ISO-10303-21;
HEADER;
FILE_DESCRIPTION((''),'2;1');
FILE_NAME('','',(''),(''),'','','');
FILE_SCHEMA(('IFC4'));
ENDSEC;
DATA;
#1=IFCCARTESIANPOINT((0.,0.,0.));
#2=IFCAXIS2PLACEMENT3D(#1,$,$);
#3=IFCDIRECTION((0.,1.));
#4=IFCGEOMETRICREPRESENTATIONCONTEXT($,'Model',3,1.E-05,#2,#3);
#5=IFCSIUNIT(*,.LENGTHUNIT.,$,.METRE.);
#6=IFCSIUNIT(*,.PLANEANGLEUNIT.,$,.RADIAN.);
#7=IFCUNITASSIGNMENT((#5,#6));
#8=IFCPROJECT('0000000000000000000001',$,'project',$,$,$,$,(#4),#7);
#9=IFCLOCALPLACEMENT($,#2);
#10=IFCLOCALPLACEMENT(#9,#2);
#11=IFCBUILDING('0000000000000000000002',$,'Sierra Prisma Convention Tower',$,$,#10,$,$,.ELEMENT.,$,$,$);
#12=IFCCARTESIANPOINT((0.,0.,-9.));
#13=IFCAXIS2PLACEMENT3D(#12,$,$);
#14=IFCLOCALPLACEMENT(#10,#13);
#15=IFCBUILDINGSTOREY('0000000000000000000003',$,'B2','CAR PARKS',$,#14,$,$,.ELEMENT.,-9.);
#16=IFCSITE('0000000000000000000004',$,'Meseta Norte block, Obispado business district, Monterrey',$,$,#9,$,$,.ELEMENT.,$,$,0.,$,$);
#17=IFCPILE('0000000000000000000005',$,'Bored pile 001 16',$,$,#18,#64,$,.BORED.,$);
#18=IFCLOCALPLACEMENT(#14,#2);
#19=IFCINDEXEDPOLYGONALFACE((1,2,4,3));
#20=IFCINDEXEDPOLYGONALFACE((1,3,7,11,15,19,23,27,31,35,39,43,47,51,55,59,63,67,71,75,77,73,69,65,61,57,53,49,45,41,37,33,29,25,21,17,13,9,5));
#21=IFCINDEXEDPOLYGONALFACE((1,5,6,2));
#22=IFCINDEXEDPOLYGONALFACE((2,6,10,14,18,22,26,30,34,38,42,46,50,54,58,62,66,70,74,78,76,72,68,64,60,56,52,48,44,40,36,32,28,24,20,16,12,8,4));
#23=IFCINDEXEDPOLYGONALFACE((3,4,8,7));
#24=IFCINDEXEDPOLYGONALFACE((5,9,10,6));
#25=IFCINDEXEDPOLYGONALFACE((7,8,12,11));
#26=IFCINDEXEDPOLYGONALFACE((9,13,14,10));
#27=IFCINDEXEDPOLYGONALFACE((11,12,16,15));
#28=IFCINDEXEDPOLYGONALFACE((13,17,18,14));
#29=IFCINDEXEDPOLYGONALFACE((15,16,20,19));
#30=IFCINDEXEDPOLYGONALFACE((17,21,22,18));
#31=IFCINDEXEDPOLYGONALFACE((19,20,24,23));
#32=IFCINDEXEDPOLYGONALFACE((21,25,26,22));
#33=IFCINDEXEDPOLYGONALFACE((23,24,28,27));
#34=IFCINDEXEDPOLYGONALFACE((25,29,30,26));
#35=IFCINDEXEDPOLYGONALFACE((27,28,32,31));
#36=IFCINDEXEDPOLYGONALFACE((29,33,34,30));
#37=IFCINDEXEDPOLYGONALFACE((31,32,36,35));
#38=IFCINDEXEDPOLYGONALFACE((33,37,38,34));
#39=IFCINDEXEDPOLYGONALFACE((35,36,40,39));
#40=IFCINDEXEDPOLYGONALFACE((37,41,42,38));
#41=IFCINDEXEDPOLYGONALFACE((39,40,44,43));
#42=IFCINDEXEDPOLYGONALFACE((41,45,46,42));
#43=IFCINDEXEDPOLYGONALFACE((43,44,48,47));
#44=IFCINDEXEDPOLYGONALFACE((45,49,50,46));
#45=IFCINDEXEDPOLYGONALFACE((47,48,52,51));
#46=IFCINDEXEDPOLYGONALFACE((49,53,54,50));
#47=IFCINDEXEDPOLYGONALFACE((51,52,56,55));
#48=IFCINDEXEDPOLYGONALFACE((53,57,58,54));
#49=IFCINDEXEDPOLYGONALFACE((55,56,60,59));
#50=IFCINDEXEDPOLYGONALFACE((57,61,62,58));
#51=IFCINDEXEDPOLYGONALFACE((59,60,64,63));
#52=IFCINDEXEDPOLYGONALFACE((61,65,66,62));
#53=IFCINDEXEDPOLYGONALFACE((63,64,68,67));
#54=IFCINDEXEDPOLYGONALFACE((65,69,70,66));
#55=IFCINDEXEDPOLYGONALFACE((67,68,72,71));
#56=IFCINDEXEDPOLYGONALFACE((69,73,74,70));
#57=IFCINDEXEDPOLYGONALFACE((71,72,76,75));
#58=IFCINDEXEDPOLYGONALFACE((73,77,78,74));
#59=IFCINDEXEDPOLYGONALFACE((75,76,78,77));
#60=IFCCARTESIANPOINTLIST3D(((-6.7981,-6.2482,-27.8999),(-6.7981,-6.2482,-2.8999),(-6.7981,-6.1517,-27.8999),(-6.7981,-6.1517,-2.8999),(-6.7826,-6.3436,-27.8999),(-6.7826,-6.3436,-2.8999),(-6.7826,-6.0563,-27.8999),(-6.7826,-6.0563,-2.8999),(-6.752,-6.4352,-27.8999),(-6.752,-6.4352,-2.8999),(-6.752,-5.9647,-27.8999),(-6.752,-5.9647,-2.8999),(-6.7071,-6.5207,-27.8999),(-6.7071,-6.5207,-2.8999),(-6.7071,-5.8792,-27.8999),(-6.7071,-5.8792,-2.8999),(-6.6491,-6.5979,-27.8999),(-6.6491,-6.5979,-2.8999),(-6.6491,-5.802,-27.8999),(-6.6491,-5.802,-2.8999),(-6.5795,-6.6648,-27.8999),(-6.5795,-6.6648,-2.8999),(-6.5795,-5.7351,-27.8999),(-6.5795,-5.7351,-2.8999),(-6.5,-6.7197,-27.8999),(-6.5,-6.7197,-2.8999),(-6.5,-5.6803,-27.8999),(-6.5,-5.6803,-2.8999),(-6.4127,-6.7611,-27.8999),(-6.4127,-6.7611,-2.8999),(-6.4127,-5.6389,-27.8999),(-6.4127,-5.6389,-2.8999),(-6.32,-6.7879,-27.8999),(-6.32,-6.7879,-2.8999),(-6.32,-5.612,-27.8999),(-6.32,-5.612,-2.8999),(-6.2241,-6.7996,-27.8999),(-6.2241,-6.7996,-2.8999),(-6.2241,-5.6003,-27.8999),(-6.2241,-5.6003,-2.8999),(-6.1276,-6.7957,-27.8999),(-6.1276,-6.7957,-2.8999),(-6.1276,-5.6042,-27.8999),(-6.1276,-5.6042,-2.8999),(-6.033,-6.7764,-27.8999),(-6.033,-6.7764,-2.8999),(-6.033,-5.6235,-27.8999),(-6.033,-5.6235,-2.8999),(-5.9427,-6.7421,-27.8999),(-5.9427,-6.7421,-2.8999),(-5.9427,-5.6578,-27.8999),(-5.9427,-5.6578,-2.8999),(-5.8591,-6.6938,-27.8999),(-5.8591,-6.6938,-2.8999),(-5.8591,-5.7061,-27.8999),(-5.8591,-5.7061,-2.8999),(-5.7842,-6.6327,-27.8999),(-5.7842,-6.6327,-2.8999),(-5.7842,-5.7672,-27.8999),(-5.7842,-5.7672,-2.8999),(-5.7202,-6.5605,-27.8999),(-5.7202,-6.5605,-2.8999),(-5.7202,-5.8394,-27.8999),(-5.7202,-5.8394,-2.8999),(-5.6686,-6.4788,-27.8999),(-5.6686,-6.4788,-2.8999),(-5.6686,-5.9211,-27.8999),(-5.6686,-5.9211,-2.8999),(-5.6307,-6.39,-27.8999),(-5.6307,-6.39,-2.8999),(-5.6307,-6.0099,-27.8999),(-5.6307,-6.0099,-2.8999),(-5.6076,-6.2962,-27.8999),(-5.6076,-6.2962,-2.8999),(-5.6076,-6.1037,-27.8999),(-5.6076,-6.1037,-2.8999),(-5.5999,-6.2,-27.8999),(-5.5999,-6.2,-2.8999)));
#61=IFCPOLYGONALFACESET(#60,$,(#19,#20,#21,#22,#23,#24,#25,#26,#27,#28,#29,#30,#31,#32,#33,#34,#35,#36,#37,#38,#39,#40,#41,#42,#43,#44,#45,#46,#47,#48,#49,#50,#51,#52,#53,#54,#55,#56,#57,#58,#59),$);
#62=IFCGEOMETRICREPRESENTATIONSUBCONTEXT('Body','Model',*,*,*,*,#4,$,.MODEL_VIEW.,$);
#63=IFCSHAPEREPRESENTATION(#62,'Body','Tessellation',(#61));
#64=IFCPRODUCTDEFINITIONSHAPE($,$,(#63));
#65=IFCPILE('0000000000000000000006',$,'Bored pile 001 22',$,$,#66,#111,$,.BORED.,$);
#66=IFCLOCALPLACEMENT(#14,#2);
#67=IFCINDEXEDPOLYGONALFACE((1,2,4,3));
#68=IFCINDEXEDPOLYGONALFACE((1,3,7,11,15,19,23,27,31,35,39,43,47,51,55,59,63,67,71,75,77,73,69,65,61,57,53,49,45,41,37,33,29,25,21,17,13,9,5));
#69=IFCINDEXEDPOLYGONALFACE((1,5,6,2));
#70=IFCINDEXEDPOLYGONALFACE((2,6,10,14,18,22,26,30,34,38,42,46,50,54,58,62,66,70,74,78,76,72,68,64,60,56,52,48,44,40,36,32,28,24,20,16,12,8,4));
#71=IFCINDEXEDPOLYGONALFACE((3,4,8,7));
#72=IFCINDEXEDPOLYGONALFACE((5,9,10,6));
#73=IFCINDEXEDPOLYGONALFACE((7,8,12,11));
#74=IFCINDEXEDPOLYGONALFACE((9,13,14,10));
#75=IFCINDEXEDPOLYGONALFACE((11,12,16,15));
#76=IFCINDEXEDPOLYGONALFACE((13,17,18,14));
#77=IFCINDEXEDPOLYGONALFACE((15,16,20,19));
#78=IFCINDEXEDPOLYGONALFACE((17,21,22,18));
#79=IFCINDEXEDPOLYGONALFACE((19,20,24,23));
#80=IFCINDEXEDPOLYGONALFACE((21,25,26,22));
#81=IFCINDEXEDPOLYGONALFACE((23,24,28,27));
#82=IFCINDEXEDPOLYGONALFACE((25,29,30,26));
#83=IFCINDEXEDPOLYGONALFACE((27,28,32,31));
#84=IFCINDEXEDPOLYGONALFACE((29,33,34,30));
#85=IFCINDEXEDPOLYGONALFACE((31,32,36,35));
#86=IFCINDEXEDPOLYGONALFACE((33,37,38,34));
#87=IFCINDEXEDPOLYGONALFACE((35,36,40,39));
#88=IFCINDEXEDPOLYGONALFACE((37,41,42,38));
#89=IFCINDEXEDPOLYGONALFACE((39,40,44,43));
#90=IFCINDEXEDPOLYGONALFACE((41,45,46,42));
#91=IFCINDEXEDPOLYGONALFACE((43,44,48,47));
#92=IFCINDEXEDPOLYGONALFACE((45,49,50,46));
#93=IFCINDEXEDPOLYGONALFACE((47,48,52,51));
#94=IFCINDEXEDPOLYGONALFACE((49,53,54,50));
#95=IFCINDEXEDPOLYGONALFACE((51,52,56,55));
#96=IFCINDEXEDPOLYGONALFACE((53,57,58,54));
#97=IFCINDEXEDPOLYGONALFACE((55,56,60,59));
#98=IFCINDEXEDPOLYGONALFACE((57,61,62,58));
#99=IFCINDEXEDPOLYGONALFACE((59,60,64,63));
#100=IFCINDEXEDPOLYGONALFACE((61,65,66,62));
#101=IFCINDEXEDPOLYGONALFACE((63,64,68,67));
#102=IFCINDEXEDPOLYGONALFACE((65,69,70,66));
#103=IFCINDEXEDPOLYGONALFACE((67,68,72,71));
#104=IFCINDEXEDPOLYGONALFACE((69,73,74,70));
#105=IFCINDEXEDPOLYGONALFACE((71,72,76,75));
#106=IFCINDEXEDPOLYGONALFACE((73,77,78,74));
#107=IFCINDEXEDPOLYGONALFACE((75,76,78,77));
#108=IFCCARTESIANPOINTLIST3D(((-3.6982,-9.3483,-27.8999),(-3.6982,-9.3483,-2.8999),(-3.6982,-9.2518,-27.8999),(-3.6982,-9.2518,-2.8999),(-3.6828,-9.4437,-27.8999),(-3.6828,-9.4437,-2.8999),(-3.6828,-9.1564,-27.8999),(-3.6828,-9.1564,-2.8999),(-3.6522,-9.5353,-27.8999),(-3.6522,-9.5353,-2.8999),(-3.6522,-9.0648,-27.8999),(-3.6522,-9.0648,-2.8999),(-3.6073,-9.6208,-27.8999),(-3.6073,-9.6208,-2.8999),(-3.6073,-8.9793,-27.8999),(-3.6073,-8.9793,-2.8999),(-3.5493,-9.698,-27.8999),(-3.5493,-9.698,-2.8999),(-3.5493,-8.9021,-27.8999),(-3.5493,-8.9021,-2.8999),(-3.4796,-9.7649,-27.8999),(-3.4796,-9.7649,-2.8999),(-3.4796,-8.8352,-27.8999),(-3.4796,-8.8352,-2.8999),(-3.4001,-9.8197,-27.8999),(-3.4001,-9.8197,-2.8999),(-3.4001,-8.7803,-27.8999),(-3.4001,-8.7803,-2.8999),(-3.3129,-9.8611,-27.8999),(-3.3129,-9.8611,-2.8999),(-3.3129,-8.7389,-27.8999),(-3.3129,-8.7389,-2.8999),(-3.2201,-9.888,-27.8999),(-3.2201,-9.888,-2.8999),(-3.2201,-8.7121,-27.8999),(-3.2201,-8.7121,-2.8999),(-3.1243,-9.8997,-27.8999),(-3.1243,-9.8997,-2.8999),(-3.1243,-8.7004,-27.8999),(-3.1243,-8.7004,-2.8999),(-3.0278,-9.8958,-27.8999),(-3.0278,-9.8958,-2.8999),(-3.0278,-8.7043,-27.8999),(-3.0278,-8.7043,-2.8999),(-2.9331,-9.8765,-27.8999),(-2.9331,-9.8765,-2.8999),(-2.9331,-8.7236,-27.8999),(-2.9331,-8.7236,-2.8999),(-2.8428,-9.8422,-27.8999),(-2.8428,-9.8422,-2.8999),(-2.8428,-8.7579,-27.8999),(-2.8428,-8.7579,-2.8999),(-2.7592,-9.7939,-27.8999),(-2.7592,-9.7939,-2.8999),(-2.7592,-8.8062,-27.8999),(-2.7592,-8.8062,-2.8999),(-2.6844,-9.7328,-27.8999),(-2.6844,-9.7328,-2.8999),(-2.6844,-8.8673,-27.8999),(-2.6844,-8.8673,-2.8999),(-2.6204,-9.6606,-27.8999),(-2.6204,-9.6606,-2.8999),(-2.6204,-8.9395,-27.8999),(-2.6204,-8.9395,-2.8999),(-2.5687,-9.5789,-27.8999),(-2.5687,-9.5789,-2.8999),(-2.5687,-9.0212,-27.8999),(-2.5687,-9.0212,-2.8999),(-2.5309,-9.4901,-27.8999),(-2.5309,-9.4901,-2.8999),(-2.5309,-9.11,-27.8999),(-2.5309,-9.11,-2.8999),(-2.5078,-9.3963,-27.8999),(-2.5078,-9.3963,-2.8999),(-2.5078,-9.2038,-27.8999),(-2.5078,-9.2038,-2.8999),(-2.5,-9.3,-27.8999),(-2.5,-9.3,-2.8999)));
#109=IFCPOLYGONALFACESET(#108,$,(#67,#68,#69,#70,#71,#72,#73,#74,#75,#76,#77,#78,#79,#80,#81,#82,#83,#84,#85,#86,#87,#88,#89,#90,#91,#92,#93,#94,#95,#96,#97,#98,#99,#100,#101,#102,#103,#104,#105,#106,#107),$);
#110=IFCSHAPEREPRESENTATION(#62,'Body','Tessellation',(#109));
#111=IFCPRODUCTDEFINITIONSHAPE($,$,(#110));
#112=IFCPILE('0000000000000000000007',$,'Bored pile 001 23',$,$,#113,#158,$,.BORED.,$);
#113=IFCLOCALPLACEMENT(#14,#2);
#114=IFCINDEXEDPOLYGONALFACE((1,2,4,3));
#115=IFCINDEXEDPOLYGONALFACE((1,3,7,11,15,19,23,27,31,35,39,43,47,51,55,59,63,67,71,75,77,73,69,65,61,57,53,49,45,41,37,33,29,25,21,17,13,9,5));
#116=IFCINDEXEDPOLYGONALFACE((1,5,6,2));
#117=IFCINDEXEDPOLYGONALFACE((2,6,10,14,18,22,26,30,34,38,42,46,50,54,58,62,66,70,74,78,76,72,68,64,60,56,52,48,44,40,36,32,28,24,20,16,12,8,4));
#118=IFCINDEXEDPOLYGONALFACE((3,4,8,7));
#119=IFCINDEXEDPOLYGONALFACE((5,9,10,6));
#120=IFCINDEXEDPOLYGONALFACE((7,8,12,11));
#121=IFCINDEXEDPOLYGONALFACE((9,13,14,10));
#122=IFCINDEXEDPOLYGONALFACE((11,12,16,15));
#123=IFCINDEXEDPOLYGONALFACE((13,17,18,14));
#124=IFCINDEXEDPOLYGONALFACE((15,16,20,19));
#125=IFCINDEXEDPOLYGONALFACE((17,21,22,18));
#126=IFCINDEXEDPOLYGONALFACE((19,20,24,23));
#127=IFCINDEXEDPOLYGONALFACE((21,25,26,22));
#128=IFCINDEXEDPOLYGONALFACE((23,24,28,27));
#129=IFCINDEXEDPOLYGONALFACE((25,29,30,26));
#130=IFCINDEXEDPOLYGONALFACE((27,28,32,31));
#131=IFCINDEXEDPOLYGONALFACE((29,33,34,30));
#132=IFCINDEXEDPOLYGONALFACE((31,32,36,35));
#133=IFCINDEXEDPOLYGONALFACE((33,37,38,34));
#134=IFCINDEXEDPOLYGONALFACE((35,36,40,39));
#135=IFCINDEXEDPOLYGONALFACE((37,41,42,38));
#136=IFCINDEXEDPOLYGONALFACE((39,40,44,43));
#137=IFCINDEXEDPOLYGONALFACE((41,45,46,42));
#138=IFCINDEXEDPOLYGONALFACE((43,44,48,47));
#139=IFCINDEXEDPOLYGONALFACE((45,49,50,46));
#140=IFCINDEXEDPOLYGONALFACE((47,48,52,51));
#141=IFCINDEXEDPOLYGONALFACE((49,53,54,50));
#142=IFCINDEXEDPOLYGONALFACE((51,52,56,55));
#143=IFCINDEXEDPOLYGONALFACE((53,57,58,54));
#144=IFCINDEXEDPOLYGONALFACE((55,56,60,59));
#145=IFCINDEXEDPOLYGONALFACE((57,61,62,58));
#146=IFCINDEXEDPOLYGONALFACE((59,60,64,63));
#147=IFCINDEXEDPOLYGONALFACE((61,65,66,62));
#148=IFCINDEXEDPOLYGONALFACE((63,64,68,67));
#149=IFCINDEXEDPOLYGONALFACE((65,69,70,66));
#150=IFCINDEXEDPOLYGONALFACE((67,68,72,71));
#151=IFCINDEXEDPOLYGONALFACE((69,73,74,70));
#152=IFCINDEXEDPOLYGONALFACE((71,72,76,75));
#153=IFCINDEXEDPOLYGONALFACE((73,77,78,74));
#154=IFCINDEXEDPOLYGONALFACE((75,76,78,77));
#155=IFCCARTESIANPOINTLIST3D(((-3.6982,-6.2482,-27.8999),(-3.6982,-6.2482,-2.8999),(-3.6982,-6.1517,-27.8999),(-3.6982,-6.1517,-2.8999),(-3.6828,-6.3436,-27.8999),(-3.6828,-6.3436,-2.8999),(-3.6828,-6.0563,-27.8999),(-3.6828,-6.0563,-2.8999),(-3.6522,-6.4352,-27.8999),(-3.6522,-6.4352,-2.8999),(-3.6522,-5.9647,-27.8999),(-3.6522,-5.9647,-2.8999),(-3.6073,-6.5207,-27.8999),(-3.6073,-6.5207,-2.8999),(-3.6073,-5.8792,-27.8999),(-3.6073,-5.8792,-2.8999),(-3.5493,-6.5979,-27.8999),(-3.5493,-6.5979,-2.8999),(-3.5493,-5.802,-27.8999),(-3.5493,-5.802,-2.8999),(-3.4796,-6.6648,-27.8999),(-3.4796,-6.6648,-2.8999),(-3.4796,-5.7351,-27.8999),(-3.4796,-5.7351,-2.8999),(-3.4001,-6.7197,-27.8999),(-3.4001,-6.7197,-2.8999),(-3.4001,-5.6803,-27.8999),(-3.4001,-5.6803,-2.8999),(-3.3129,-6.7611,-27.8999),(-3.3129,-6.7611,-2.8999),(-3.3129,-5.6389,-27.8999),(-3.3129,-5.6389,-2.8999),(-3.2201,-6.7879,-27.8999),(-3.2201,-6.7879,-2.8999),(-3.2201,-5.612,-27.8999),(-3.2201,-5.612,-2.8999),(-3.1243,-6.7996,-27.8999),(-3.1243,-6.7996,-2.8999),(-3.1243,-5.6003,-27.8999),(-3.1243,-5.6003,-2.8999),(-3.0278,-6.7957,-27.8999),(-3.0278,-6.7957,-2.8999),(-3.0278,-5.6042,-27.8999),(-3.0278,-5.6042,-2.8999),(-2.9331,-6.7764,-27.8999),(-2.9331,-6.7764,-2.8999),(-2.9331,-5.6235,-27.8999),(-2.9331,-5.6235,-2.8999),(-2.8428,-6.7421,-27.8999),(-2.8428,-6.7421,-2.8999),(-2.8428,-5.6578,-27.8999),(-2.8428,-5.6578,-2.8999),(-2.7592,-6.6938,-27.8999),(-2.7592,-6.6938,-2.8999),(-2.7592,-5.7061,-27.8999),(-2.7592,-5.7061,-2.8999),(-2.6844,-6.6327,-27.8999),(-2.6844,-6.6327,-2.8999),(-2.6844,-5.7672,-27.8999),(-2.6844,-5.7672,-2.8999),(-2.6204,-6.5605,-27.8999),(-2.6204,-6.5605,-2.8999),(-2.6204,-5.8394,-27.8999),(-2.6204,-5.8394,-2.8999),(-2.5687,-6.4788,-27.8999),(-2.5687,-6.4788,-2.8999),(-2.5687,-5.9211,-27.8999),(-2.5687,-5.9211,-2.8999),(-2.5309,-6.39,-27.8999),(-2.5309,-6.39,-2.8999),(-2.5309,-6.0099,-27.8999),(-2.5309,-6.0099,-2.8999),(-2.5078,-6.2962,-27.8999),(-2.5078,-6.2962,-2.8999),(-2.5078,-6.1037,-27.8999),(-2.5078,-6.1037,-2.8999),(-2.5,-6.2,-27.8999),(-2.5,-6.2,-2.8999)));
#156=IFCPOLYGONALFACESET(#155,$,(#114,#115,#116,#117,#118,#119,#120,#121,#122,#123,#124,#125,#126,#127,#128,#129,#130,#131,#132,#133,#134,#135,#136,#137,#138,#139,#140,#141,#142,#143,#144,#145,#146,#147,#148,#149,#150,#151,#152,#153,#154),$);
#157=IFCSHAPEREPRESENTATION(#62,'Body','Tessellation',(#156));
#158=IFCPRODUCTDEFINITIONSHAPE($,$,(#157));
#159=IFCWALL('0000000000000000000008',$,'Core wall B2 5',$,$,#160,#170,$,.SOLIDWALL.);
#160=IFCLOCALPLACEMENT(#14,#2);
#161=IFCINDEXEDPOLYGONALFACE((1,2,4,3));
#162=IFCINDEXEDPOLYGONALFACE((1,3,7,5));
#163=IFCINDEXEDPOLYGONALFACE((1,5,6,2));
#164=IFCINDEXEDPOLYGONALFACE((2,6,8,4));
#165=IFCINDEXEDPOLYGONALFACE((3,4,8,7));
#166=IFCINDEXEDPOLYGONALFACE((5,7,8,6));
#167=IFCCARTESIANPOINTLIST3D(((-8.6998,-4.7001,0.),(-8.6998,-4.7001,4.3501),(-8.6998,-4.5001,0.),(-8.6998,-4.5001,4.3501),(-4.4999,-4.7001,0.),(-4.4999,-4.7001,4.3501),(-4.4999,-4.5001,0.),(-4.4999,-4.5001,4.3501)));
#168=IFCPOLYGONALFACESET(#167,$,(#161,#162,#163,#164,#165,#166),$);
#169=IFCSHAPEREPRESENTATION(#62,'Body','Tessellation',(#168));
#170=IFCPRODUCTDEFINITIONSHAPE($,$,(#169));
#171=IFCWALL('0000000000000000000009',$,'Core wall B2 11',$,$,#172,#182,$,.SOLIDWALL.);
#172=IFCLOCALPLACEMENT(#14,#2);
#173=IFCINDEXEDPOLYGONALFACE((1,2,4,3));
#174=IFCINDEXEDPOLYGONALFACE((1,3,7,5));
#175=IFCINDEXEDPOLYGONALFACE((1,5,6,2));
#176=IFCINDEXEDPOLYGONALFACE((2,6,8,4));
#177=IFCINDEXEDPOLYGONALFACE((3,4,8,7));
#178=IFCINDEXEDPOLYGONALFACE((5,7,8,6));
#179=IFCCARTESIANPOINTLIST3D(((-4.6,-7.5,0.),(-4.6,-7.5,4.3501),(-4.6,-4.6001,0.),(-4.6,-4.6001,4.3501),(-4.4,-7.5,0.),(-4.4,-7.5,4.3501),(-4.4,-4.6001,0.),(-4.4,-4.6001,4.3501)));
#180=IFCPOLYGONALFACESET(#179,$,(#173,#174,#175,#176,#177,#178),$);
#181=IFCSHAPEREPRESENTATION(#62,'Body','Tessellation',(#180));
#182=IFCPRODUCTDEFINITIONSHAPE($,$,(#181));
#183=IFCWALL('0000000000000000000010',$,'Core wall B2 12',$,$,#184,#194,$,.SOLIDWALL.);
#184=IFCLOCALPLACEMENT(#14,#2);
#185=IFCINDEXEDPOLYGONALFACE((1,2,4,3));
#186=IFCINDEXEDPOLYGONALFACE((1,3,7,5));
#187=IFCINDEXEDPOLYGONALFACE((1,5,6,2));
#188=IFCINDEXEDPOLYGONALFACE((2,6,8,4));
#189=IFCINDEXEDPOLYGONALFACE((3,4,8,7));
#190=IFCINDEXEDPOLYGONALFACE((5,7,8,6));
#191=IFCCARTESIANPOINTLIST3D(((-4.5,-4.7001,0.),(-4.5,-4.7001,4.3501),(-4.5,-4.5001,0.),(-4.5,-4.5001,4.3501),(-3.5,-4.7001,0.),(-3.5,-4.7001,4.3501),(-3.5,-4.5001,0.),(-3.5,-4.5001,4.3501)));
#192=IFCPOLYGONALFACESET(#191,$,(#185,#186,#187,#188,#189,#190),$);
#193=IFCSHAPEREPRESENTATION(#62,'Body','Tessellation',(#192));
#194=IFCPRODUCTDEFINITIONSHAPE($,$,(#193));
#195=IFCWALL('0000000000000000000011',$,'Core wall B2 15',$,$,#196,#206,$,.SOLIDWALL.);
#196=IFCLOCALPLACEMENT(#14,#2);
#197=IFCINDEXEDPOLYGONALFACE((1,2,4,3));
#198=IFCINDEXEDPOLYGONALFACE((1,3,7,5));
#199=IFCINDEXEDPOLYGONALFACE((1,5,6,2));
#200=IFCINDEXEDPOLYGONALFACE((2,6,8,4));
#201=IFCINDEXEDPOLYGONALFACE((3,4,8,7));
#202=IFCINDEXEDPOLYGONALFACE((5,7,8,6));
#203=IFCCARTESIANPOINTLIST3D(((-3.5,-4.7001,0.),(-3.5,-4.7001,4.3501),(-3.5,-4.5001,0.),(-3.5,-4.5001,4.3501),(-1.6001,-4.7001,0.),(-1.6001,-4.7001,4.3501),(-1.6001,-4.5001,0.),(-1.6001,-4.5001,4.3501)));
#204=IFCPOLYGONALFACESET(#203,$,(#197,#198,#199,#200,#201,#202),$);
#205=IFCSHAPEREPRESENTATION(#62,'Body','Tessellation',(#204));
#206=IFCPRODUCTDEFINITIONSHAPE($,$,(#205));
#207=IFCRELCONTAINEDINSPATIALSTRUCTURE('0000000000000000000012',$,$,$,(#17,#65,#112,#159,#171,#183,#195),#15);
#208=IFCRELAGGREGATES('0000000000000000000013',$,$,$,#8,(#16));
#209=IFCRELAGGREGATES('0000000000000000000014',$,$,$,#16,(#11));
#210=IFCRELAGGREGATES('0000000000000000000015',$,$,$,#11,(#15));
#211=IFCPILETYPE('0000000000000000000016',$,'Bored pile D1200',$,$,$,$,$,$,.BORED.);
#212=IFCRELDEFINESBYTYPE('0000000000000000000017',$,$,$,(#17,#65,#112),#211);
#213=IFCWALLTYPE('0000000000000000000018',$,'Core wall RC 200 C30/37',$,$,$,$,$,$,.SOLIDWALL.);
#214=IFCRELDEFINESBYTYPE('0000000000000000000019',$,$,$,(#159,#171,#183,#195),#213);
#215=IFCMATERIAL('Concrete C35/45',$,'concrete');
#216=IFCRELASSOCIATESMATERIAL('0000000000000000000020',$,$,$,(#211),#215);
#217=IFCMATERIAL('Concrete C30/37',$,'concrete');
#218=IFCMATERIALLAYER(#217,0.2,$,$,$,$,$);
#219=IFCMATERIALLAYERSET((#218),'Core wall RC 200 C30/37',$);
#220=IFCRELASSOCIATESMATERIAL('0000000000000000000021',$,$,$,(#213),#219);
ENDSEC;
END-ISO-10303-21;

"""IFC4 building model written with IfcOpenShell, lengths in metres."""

from ifc_helpers import new_model, si_unit, direction, frame, frame_2d, origin, origin_2d, place, context, subcontext, project, spatial, rectangle, circle, extrude, material, layer, layer_set, material_profile, profile_set, type_object, element, save


model = new_model("IFC4")

# Units and contexts
model_context = context("Model", 3, precision=1e-05, world=origin(), true_north=direction((0.0, 1.0)))
body_context = subcontext(model_context, "Body", "Model", "MODEL_VIEW")
ifc_project = project(units=[si_unit("LENGTHUNIT", "METRE"), si_unit("PLANEANGLEUNIT", "RADIAN")], contexts=[model_context])

# Site, building, storey
site_placement = place(None, origin())
site = spatial("IfcSite", under=ifc_project, at=site_placement, Name="Meseta Norte block, Obispado business district, Monterrey", CompositionType="ELEMENT", RefElevation=0.0)
building_placement = place(site_placement, origin())
building = spatial("IfcBuilding", under=site, at=building_placement, Name="Sierra Prisma Convention Tower", CompositionType="ELEMENT")
storey_placement = place(building_placement, frame((0.0, 0.0, -9.0)))
storey = spatial("IfcBuildingStorey", under=building, at=storey_placement, Name="B2", Description="CAR PARKS", CompositionType="ELEMENT", Elevation=-9.0)

# Piles
ifc_material_1 = material(Name="Concrete C35/45", Category="concrete")
ifc_material_profile = material_profile(ifc_material_1, circle(Radius=0.6001, at=origin_2d()), Name="D1200")
ifc_profile_set = profile_set([ifc_material_profile], Name="Concrete C35/45")
pile_type = type_object("IfcPileType", Name="Bored pile D1200", PredefinedType="BORED", material=ifc_profile_set)
for number, where, z_axis, x_axis, name in (
    (1, (-6.2, -6.2, -2.8999), (0.0, 0.0, -1.0), (1.0, 0.0, 0.0), "Bored pile 001 16"),
    (2, (-3.1001, -9.3, -2.8999), (0.0, 0.0, -1.0), (1.0, 0.0, 0.0), "Bored pile 001 22"),
    (3, (-3.1001, -6.2, -2.8999), (0.0, 0.0, -1.0), (1.0, 0.0, 0.0), "Bored pile 001 23"),
):
    element("IfcPile", number, at=place(storey_placement, frame(where, z_axis=z_axis, x_axis=x_axis)), inside=storey, type_object=pile_type, Name=name, PredefinedType="BORED", context=body_context, shape_type="SweptSolid", body=[
        extrude(circle(Radius=0.6001, at=origin_2d()), origin(), (0.0, 0.0, 1.0), 25.0),
    ])

# Shared definitions
ifc_material_2 = material(Name="Concrete C30/37", Category="concrete")
ifc_layer_1 = layer(ifc_material_2, 0.2)
ifc_layer_set_1 = layer_set([ifc_layer_1], Name="Core wall RC 200 C30/37")
wall_type_1 = type_object("IfcWallType", Name="Core wall RC 200 C30/37", PredefinedType="SOLIDWALL", material=ifc_layer_set_1)

# Walls
wall_1_placement = place(storey_placement, frame((-8.7, -4.6001, 0.0), z_axis=(0.0, 0.0, 1.0), x_axis=(1.0, 0.0, 0.0)))
element("IfcWall", 4, at=wall_1_placement, inside=storey, type_object=wall_type_1, Name="Core wall B2 5", PredefinedType="SOLIDWALL", context=body_context, shape_type="SweptSolid", body=[
    extrude(rectangle(XDim=4.2, YDim=0.2, at=frame_2d((2.1001, 0.0))), origin(), (0.0, 0.0, 1.0), 4.3501),
])
wall_2_placement = place(storey_placement, frame((-4.5, -4.6001, 0.0), z_axis=(0.0, 0.0, 1.0), x_axis=(0.0, -1.0, 0.0)))
element("IfcWall", 5, at=wall_2_placement, inside=storey, type_object=wall_type_1, Name="Core wall B2 11", PredefinedType="SOLIDWALL", context=body_context, shape_type="SweptSolid", body=[
    extrude(rectangle(XDim=2.8999, YDim=0.2, at=frame_2d((1.45, 0.0))), origin(), (0.0, 0.0, 1.0), 4.3501),
])
wall_3_placement = place(storey_placement, frame((-4.5, -4.6001, 0.0), z_axis=(0.0, 0.0, 1.0), x_axis=(1.0, 0.0, 0.0)))
element("IfcWall", 6, at=wall_3_placement, inside=storey, type_object=wall_type_1, Name="Core wall B2 12", PredefinedType="SOLIDWALL", context=body_context, shape_type="SweptSolid", body=[
    extrude(rectangle(XDim=1.0, YDim=0.2, at=frame_2d((0.5, 0.0))), origin(), (0.0, 0.0, 1.0), 4.3501),
])
wall_4_placement = place(storey_placement, frame((-3.5, -4.6001, 0.0), z_axis=(0.0, 0.0, 1.0), x_axis=(1.0, 0.0, 0.0)))
element("IfcWall", 7, at=wall_4_placement, inside=storey, type_object=wall_type_1, Name="Core wall B2 15", PredefinedType="SOLIDWALL", context=body_context, shape_type="SweptSolid", body=[
    extrude(rectangle(XDim=1.8999, YDim=0.2, at=frame_2d((0.95, 0.0))), origin(), (0.0, 0.0, 1.0), 4.3501),
])

save(model, "model.ifc")
